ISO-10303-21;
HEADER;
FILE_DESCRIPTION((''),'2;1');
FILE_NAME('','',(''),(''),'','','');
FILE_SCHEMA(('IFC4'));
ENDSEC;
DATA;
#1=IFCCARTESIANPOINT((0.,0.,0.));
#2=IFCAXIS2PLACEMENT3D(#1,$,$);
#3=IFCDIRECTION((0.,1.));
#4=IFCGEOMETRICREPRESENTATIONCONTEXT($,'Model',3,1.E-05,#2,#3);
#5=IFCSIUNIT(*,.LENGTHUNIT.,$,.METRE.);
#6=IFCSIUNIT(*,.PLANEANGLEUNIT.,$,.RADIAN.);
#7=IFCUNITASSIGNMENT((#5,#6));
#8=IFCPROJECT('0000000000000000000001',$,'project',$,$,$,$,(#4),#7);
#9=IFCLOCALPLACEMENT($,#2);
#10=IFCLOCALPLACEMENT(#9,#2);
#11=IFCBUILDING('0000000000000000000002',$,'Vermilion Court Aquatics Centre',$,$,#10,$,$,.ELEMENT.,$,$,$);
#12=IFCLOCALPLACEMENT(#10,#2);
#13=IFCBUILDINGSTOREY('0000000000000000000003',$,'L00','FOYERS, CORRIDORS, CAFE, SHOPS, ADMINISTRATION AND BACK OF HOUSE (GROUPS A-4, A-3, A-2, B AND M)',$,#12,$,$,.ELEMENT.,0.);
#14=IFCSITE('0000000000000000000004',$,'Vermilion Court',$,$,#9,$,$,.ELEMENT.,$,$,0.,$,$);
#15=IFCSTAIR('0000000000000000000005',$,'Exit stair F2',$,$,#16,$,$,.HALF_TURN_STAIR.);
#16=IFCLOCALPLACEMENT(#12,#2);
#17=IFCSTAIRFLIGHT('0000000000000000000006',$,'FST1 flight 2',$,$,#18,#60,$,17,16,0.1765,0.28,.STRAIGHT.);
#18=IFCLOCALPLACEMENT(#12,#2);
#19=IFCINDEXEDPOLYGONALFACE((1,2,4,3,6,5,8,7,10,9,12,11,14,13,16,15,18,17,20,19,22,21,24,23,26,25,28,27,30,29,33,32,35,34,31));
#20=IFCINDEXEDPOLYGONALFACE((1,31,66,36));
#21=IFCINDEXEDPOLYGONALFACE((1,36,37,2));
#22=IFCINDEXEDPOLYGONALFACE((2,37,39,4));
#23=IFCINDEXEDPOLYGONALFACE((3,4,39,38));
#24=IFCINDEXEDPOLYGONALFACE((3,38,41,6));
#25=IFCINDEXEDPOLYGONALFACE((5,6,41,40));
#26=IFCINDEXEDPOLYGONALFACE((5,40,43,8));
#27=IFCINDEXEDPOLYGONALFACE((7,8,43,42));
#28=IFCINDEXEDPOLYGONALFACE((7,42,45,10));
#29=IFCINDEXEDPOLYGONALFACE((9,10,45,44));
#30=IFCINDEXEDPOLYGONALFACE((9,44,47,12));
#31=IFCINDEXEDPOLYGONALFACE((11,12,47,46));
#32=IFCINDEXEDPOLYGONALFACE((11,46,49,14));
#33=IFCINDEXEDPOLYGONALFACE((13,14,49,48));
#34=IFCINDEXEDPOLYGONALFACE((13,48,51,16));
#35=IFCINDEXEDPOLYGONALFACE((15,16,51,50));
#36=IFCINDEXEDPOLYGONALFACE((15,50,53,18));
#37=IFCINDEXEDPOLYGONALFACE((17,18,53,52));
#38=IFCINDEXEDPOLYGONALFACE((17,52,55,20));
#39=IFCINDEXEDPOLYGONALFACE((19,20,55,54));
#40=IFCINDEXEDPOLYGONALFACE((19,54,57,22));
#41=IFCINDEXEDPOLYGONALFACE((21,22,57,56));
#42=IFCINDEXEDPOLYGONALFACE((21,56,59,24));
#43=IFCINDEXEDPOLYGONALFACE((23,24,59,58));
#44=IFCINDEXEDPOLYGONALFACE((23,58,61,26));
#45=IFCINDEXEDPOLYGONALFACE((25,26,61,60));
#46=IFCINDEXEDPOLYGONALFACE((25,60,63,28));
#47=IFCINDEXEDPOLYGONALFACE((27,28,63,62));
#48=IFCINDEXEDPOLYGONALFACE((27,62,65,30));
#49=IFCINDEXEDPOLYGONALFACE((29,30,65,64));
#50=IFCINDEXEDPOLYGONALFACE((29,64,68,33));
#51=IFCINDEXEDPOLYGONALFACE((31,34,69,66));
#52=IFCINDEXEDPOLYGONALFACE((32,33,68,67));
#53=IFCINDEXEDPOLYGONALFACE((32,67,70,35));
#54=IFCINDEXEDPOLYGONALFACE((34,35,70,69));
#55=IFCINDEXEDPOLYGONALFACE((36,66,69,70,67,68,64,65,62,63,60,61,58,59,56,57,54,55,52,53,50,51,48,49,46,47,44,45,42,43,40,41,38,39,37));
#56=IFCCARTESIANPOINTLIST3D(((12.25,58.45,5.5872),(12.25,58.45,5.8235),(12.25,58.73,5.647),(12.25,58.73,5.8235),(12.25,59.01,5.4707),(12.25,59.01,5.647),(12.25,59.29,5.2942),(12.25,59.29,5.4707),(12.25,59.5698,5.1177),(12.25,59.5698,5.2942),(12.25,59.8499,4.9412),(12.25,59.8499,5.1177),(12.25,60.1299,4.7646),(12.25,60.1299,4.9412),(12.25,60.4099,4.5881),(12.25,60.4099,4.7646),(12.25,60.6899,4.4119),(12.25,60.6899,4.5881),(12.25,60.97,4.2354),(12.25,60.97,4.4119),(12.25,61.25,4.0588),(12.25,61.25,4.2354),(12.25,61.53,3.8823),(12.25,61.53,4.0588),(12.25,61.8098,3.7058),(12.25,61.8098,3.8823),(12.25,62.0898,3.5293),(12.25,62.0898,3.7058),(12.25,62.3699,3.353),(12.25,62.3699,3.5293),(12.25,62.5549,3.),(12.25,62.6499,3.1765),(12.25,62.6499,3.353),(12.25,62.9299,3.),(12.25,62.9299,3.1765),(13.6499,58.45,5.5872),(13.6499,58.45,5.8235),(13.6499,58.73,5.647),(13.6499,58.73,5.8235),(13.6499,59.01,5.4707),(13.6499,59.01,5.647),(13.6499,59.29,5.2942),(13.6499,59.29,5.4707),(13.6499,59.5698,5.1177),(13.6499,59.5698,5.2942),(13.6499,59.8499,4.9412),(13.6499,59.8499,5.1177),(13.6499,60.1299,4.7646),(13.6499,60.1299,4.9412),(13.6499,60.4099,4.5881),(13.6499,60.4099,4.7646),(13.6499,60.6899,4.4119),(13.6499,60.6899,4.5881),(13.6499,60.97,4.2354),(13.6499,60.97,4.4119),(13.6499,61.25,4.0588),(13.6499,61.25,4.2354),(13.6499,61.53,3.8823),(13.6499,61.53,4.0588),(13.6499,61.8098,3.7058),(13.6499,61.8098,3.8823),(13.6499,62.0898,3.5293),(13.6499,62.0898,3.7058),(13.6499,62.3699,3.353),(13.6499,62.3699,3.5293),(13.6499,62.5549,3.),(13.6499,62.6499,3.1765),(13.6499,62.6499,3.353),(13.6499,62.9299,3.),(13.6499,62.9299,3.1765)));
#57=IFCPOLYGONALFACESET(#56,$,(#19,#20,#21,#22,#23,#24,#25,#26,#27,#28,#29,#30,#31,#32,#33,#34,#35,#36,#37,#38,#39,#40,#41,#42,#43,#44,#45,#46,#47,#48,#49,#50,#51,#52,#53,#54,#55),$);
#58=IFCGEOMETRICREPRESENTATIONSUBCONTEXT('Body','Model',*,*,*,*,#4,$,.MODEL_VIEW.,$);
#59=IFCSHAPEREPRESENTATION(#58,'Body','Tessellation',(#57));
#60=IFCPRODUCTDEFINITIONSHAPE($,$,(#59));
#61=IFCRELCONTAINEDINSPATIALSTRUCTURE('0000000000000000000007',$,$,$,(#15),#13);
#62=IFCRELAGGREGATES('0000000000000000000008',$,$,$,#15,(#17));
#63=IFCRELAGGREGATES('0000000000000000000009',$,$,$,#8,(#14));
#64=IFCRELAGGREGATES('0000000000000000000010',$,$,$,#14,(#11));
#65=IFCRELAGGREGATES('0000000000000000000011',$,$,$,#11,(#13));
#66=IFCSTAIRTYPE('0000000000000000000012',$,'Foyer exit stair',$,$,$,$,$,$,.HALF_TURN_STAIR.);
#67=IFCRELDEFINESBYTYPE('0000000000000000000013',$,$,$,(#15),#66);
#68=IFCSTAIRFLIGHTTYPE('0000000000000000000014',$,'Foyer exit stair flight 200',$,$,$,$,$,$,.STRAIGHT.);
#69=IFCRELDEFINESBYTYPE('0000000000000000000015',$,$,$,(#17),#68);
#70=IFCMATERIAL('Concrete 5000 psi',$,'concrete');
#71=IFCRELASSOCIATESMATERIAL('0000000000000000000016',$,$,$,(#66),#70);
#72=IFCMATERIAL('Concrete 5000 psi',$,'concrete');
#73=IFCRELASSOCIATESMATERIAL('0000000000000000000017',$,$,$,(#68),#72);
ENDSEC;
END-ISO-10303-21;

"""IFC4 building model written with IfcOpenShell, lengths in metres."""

from ifc_helpers import new_model, si_unit, direction, frame, origin, place, context, subcontext, project, spatial, polyline, outline, extrude, material, type_object, element, aggregate, save


model = new_model("IFC4")

# Units and contexts
model_context = context("Model", 3, precision=1e-05, world=origin(), true_north=direction((0.0, 1.0)))
body_context = subcontext(model_context, "Body", "Model", "MODEL_VIEW")
ifc_project = project(units=[si_unit("LENGTHUNIT", "METRE"), si_unit("PLANEANGLEUNIT", "RADIAN")], contexts=[model_context])

# Site, building, storey
site_placement = place(None, origin())
site = spatial("IfcSite", under=ifc_project, at=site_placement, Name="Vermilion Court", CompositionType="ELEMENT", RefElevation=0.0)
building_placement = place(site_placement, origin())
building = spatial("IfcBuilding", under=site, at=building_placement, Name="Vermilion Court Aquatics Centre", CompositionType="ELEMENT")
storey_placement = place(building_placement, origin())
storey = spatial("IfcBuildingStorey", under=building, at=storey_placement, Name="L00", Description="FOYERS, CORRIDORS, CAFE, SHOPS, ADMINISTRATION AND BACK OF HOUSE (GROUPS A-4, A-3, A-2, B AND M)", CompositionType="ELEMENT", Elevation=0.0)

# Stair, stair flight
ifc_material_1 = material(Name="Concrete 5000 psi", Category="concrete")
stair_type = type_object("IfcStairType", Name="Foyer exit stair", PredefinedType="HALF_TURN_STAIR", material=ifc_material_1)
stair_placement = place(storey_placement, origin())
stair = element("IfcStair", 1, at=stair_placement, inside=storey, type_object=stair_type, Name="Exit stair F2", PredefinedType="HALF_TURN_STAIR")
ifc_material_2 = material(Name="Concrete 5000 psi", Category="concrete")
stair_flight_type = type_object("IfcStairFlightType", Name="Foyer exit stair flight 200", PredefinedType="STRAIGHT", material=ifc_material_2)
stair_flight_1_placement = place(storey_placement, frame((12.95, 62.9299, 3.0), z_axis=(0.0, 0.0, 1.0), x_axis=(0.0, -1.0, 0.0)))
stair_flight_1 = element("IfcStairFlight", 2, at=stair_flight_1_placement, type_object=stair_flight_type, Name="FST1 flight 2", NumberOfRisers=17, NumberOfTreads=16, PredefinedType="STRAIGHT", RiserHeight=0.1765, TreadLength=0.28, context=body_context, shape_type="SweptSolid", body=[
    extrude(outline(polyline([(0.0, 0.0), (0.0, 0.1765), (0.28, 0.1765), (0.28, 0.353), (0.5601, 0.353), (0.5601, 0.5293), (0.8401, 0.5293), (0.8401, 0.7058), (1.1201, 0.7058), (1.1201, 0.8823), (1.3999, 0.8823), (1.3999, 1.0588), (1.6799, 1.0588), (1.6799, 1.2354), (1.96, 1.2354), (1.96, 1.4119), (2.24, 1.4119), (2.24, 1.5881), (2.52, 1.5881), (2.52, 1.7646), (2.8, 1.7646), (2.8, 1.9412), (3.0801, 1.9412), (3.0801, 2.1177), (3.3601, 2.1177), (3.3601, 2.2942), (3.6399, 2.2942), (3.6399, 2.4707), (3.9199, 2.4707), (3.9199, 2.647), (4.2, 2.647), (4.2, 2.8235), (4.48, 2.8235), (4.48, 3.0), (4.48, 2.5872), (0.375, 0.0), (0.0, 0.0)])), frame((0.0, 0.7, 0.0), z_axis=(0.0, -1.0, 0.0), x_axis=(1.0, 0.0, 0.0)), (0.0, 0.0, 1.0), 1.3999),
])
aggregate(stair, [stair_flight_1])

save(model, "model.ifc")
